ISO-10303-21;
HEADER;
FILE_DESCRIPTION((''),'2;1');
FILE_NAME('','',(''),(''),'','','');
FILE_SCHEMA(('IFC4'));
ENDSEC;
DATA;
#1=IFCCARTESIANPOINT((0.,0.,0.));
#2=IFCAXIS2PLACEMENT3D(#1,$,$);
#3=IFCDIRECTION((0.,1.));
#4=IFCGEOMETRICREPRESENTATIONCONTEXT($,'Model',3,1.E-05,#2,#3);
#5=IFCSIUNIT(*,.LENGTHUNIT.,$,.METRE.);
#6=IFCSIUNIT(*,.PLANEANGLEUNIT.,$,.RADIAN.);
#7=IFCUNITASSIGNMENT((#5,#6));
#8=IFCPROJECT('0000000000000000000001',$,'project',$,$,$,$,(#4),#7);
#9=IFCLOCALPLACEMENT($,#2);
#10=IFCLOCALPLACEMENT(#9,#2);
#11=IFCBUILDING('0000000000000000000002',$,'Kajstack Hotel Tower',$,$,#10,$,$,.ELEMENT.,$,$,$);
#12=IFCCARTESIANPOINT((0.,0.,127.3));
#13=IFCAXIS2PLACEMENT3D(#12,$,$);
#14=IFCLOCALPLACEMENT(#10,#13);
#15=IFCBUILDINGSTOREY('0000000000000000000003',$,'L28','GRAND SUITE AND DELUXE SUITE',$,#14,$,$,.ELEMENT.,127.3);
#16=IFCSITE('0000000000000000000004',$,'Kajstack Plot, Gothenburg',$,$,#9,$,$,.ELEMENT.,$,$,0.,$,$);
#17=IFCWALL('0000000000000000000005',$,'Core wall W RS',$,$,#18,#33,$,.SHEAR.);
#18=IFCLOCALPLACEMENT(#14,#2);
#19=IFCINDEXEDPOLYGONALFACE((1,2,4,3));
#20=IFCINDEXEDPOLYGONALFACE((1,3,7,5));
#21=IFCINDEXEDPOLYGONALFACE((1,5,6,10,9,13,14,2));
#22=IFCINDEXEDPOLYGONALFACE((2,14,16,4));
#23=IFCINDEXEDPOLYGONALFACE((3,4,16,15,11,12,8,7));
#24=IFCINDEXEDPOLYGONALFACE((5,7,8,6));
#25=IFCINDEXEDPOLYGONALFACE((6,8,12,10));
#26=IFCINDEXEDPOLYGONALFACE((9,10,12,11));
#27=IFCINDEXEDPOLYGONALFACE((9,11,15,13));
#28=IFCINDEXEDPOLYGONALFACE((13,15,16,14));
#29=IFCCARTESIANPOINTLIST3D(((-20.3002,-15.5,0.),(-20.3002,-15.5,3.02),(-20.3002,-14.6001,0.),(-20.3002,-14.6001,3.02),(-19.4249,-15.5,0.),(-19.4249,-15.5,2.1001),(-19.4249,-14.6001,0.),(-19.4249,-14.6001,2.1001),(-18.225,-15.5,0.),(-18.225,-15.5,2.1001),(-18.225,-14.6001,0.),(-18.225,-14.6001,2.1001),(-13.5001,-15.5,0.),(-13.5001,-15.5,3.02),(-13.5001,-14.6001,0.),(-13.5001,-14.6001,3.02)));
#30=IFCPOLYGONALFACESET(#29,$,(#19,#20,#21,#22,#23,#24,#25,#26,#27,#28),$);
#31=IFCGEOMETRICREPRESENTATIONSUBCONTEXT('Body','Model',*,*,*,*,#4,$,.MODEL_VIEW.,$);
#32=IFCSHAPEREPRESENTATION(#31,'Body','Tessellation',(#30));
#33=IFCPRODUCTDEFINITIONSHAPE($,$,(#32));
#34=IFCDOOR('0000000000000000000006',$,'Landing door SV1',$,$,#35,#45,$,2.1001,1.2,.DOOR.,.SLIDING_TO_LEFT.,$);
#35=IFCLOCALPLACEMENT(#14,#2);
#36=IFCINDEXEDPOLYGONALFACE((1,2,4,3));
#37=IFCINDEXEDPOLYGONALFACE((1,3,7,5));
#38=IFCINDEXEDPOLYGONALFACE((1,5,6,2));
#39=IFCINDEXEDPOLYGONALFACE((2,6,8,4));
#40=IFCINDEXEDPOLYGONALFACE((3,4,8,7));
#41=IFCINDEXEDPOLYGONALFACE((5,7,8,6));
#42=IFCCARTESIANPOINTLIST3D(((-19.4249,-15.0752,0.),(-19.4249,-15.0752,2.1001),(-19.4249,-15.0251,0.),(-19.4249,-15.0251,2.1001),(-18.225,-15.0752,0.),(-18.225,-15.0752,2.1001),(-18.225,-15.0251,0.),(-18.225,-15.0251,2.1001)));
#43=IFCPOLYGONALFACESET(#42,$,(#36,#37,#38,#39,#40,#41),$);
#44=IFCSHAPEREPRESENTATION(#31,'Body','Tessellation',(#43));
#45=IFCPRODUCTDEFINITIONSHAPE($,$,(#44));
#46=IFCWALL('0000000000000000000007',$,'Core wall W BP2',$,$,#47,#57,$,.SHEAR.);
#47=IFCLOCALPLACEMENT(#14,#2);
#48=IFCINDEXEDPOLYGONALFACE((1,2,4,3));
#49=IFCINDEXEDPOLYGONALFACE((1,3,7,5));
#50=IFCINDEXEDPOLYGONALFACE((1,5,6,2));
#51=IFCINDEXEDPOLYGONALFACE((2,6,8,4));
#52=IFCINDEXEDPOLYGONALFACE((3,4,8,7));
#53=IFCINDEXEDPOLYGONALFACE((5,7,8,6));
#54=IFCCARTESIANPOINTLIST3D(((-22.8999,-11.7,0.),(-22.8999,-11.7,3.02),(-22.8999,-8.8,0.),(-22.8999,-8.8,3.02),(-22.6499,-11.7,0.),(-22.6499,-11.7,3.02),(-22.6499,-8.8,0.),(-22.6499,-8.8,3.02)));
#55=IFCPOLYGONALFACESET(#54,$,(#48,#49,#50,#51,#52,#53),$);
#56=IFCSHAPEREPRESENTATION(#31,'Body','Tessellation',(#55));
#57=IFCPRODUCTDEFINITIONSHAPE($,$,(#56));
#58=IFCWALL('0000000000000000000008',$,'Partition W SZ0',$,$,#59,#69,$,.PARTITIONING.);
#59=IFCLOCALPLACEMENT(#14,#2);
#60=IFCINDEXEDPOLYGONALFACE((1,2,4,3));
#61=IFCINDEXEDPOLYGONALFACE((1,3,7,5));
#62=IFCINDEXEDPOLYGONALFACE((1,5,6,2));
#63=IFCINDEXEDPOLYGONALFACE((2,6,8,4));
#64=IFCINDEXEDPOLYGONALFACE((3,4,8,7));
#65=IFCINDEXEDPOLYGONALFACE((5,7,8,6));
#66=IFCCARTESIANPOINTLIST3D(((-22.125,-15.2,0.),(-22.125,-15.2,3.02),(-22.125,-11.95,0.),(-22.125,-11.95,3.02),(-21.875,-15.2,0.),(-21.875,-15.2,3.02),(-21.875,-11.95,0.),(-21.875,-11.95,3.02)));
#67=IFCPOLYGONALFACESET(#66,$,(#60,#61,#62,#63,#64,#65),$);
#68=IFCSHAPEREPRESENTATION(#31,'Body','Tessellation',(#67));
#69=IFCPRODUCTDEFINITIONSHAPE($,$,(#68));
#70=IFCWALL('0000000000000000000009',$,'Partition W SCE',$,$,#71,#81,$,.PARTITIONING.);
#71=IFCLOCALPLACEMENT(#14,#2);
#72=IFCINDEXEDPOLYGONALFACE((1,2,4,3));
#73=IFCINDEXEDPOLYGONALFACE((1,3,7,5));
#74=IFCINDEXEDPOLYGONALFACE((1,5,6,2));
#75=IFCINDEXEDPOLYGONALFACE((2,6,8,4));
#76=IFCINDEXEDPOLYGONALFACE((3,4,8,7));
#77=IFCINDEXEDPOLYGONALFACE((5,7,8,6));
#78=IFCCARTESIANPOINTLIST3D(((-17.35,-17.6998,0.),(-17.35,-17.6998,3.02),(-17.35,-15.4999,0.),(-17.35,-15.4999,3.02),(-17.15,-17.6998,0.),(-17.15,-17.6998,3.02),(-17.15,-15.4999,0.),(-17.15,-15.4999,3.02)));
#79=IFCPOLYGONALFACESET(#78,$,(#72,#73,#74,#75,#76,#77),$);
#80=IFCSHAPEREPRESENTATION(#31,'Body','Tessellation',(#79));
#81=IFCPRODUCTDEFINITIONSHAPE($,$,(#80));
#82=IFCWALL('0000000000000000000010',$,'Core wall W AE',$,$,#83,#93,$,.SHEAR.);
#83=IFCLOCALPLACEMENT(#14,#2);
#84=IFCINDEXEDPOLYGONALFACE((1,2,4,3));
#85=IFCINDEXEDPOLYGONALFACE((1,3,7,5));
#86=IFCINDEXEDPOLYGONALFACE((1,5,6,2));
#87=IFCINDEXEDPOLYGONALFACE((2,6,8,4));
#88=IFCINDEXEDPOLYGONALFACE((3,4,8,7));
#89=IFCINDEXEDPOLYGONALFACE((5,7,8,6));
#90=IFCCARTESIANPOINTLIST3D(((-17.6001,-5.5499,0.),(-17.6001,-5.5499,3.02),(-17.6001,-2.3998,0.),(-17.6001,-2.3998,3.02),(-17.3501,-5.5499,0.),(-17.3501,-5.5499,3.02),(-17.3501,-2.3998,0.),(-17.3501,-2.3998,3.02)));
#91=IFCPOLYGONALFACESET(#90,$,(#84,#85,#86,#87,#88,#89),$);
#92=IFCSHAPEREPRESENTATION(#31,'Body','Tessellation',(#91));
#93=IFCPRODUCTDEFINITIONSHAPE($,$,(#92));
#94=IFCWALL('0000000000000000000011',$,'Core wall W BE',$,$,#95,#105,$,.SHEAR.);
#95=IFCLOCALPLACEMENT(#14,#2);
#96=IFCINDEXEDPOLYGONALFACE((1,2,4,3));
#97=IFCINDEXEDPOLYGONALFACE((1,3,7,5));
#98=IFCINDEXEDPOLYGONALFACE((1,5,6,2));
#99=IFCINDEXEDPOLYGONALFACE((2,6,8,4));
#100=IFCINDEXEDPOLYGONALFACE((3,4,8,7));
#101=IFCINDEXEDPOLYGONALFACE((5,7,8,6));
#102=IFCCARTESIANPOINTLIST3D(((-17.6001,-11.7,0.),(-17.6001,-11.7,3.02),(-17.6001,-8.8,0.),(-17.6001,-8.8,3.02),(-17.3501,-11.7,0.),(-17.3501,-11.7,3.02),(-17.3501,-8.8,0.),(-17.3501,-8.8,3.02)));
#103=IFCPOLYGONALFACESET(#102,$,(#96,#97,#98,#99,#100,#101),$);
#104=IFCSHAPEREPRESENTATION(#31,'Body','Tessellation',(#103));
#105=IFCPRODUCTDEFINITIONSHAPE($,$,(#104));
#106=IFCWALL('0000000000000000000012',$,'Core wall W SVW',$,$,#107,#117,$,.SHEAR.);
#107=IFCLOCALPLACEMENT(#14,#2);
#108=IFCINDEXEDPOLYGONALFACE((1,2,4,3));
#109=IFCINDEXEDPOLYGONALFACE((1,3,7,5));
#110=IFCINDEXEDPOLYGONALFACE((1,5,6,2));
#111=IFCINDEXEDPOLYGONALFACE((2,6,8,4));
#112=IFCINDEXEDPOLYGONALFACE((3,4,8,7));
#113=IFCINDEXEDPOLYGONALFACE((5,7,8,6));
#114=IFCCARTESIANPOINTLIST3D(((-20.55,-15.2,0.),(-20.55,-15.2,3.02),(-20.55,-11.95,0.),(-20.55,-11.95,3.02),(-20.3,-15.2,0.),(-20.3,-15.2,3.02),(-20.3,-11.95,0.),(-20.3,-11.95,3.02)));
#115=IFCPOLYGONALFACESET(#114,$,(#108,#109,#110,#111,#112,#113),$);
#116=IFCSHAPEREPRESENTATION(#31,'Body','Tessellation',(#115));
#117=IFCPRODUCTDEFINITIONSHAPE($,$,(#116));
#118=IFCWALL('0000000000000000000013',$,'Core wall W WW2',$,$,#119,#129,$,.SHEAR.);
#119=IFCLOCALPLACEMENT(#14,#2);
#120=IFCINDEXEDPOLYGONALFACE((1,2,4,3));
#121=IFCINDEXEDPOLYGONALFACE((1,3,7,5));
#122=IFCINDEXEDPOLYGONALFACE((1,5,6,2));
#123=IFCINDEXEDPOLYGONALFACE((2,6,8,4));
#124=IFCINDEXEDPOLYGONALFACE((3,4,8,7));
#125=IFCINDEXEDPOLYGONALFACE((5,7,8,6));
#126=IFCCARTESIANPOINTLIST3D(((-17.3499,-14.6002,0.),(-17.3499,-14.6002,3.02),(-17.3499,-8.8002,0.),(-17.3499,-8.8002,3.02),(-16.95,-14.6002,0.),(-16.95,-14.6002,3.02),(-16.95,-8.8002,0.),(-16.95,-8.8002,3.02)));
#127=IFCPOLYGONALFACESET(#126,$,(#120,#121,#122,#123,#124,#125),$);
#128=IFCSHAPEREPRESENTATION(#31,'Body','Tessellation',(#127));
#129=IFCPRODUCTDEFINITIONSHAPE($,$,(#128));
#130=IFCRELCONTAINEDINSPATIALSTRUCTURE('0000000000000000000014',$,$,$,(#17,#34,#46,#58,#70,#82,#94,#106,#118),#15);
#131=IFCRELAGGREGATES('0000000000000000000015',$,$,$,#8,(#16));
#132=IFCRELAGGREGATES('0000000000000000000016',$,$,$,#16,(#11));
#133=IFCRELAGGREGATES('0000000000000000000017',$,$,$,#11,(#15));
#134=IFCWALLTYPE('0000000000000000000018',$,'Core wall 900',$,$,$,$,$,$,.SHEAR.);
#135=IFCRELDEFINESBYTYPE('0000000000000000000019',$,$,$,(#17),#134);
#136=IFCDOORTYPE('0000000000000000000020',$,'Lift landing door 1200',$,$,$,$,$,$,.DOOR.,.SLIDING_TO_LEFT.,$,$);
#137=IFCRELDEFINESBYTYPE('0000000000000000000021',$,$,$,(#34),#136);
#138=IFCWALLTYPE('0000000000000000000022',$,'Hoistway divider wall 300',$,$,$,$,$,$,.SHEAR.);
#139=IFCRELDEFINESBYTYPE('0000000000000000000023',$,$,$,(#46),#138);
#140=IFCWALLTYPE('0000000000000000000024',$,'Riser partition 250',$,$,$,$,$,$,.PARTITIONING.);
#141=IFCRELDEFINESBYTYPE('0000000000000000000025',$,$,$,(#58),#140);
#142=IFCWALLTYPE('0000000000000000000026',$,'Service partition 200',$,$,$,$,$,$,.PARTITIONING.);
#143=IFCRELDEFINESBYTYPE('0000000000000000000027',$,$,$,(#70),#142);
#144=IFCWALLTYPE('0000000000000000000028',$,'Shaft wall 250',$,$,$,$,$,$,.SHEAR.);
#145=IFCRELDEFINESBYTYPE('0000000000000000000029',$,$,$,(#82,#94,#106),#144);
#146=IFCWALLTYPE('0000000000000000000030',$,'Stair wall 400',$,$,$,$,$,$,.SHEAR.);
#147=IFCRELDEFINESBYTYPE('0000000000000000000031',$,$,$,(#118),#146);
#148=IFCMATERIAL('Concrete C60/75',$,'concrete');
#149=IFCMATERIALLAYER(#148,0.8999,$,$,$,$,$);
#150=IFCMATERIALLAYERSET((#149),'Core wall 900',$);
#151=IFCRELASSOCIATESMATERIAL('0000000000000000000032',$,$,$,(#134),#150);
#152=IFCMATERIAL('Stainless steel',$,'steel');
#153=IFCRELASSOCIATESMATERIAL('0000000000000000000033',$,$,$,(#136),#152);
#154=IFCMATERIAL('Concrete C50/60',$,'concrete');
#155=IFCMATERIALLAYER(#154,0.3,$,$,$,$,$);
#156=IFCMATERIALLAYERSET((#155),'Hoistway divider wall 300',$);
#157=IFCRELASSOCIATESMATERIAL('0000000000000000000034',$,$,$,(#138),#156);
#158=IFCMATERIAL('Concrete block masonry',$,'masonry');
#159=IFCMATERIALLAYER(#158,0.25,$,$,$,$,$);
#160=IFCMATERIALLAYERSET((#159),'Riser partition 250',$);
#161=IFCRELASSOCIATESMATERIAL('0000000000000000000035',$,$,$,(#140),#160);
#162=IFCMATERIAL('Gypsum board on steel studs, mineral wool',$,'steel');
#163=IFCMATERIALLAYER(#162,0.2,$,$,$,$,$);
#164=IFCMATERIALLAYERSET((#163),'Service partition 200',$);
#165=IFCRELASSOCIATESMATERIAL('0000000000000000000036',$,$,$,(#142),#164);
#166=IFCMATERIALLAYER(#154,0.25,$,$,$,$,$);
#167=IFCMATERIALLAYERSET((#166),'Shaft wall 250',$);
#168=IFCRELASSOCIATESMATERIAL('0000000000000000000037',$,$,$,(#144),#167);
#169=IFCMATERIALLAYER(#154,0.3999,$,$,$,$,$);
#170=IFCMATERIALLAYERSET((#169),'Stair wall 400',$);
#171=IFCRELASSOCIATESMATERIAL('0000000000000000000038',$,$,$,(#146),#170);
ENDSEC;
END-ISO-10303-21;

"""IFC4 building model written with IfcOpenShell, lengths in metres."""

from ifc_helpers import new_model, si_unit, direction, frame, frame_2d, origin, place, context, subcontext, project, spatial, rectangle, extrude, material, layer, layer_set, type_object, element, fill, save


model = new_model("IFC4")

# Units and contexts
model_context = context("Model", 3, precision=1e-05, world=origin(), true_north=direction((0.0, 1.0)))
body_context = subcontext(model_context, "Body", "Model", "MODEL_VIEW")
ifc_project = project(units=[si_unit("LENGTHUNIT", "METRE"), si_unit("PLANEANGLEUNIT", "RADIAN")], contexts=[model_context])

# Site, building, storey
site_placement = place(None, origin())
site = spatial("IfcSite", under=ifc_project, at=site_placement, Name="Kajstack Plot, Gothenburg", CompositionType="ELEMENT", RefElevation=0.0)
building_placement = place(site_placement, origin())
building = spatial("IfcBuilding", under=site, at=building_placement, Name="Kajstack Hotel Tower", CompositionType="ELEMENT")
storey_placement = place(building_placement, frame((0.0, 0.0, 127.3)))
storey = spatial("IfcBuildingStorey", under=building, at=storey_placement, Name="L28", Description="GRAND SUITE AND DELUXE SUITE", CompositionType="ELEMENT", Elevation=127.3)

# Wall, opening, door
ifc_material_1 = material(Name="Concrete C60/75", Category="concrete")
ifc_layer_1 = layer(ifc_material_1, 0.8999)
ifc_layer_set_1 = layer_set([ifc_layer_1], Name="Core wall 900")
wall_type_1 = type_object("IfcWallType", Name="Core wall 900", PredefinedType="SHEAR", material=ifc_layer_set_1)
wall_1_placement = place(storey_placement, frame((-20.3, -15.05, 0.0), z_axis=(0.0, 0.0, 1.0), x_axis=(1.0, 0.0, 0.0)))
wall_1 = element("IfcWall", 1, at=wall_1_placement, inside=storey, type_object=wall_type_1, Name="Core wall W RS", PredefinedType="SHEAR", context=body_context, shape_type="SweptSolid", body=[
    extrude(rectangle(XDim=6.8, YDim=0.8999, at=frame_2d((3.3999, 0.0))), origin(), (0.0, 0.0, 1.0), 3.02),
])
opening_placement = place(wall_1_placement, frame((0.875, 0.0, 0.0)))
opening = element("IfcOpeningElement", 2, at=opening_placement, cuts=wall_1, PredefinedType="OPENING", context=body_context, shape_type="SweptSolid", body=[
    extrude(rectangle(XDim=1.2, YDim=2.1001, at=frame_2d((0.6001, 1.05))), frame((0.0, 0.46, 0.0), z_axis=(0.0, -1.0, 0.0), x_axis=(1.0, 0.0, 0.0)), (0.0, 0.0, 1.0), 0.9199),
])
ifc_material_2 = material(Name="Stainless steel", Category="steel")
door_type = type_object("IfcDoorType", Name="Lift landing door 1200", OperationType="SLIDING_TO_LEFT", PredefinedType="DOOR", material=ifc_material_2)
door_placement = place(opening_placement, origin())
door = element("IfcDoor", 3, at=door_placement, inside=storey, type_object=door_type, Name="Landing door SV1", OperationType="SLIDING_TO_LEFT", OverallHeight=2.1001, OverallWidth=1.2, PredefinedType="DOOR", context=body_context, shape_type="SweptSolid", body=[
    extrude(rectangle(XDim=1.2, YDim=2.1001, at=frame_2d((0.6001, 1.05))), frame((0.0, 0.0249, 0.0), z_axis=(0.0, -1.0, 0.0), x_axis=(1.0, 0.0, 0.0)), (0.0, 0.0, 1.0), 0.05),
])
fill(opening, door)

# Walls
ifc_material_3 = material(Name="Concrete C50/60", Category="concrete")
ifc_layer_2 = layer(ifc_material_3, 0.3)
ifc_layer_set_2 = layer_set([ifc_layer_2], Name="Hoistway divider wall 300")
wall_type_2 = type_object("IfcWallType", Name="Hoistway divider wall 300", PredefinedType="SHEAR", material=ifc_layer_set_2)
wall_2_placement = place(storey_placement, frame((-22.7749, -11.7, 0.0), z_axis=(0.0, 0.0, 1.0), x_axis=(0.0, 1.0, 0.0)))
element("IfcWall", 4, at=wall_2_placement, inside=storey, type_object=wall_type_2, Name="Core wall W BP2", PredefinedType="SHEAR", context=body_context, shape_type="SweptSolid", body=[
    extrude(rectangle(XDim=2.8999, YDim=0.25, at=frame_2d((1.45, 0.0))), origin(), (0.0, 0.0, 1.0), 3.02),
])
ifc_material_4 = material(Name="Concrete block masonry", Category="masonry")
ifc_layer_3 = layer(ifc_material_4, 0.25)
ifc_layer_set_3 = layer_set([ifc_layer_3], Name="Riser partition 250")
wall_type_3 = type_object("IfcWallType", Name="Riser partition 250", PredefinedType="PARTITIONING", material=ifc_layer_set_3)
wall_3_placement = place(storey_placement, frame((-22.0, -15.2, 0.0), z_axis=(0.0, 0.0, 1.0), x_axis=(0.0, 1.0, 0.0)))
element("IfcWall", 5, at=wall_3_placement, inside=storey, type_object=wall_type_3, Name="Partition W SZ0", PredefinedType="PARTITIONING", context=body_context, shape_type="SweptSolid", body=[
    extrude(rectangle(XDim=3.25, YDim=0.25, at=frame_2d((1.625, 0.0))), origin(), (0.0, 0.0, 1.0), 3.02),
])
ifc_material_5 = material(Name="Gypsum board on steel studs, mineral wool", Category="steel")
ifc_layer_4 = layer(ifc_material_5, 0.2)
ifc_layer_set_4 = layer_set([ifc_layer_4], Name="Service partition 200")
wall_type_4 = type_object("IfcWallType", Name="Service partition 200", PredefinedType="PARTITIONING", material=ifc_layer_set_4)
wall_4_placement = place(storey_placement, frame((-17.25, -17.7, 0.0), z_axis=(0.0, 0.0, 1.0), x_axis=(0.0, 1.0, 0.0)))
element("IfcWall", 6, at=wall_4_placement, inside=storey, type_object=wall_type_4, Name="Partition W SCE", PredefinedType="PARTITIONING", context=body_context, shape_type="SweptSolid", body=[
    extrude(rectangle(XDim=2.2, YDim=0.2, at=frame_2d((1.1001, 0.0))), origin(), (0.0, 0.0, 1.0), 3.02),
])
ifc_layer_5 = layer(ifc_material_3, 0.25)
ifc_layer_set_5 = layer_set([ifc_layer_5], Name="Shaft wall 250")
wall_type_5 = type_object("IfcWallType", Name="Shaft wall 250", PredefinedType="SHEAR", material=ifc_layer_set_5)
wall_5_placement = place(storey_placement, frame((-17.4751, -5.55, 0.0), z_axis=(0.0, 0.0, 1.0), x_axis=(0.0, 1.0, 0.0)))
element("IfcWall", 7, at=wall_5_placement, inside=storey, type_object=wall_type_5, Name="Core wall W AE", PredefinedType="SHEAR", context=body_context, shape_type="SweptSolid", body=[
    extrude(rectangle(XDim=3.1501, YDim=0.25, at=frame_2d((1.5752, 0.0))), origin(), (0.0, 0.0, 1.0), 3.02),
])
wall_6_placement = place(storey_placement, frame((-17.4751, -11.7, 0.0), z_axis=(0.0, 0.0, 1.0), x_axis=(0.0, 1.0, 0.0)))
element("IfcWall", 8, at=wall_6_placement, inside=storey, type_object=wall_type_5, Name="Core wall W BE", PredefinedType="SHEAR", context=body_context, shape_type="SweptSolid", body=[
    extrude(rectangle(XDim=2.8999, YDim=0.25, at=frame_2d((1.45, 0.0))), origin(), (0.0, 0.0, 1.0), 3.02),
])
wall_7_placement = place(storey_placement, frame((-20.425, -15.2, 0.0), z_axis=(0.0, 0.0, 1.0), x_axis=(0.0, 1.0, 0.0)))
element("IfcWall", 9, at=wall_7_placement, inside=storey, type_object=wall_type_5, Name="Core wall W SVW", PredefinedType="SHEAR", context=body_context, shape_type="SweptSolid", body=[
    extrude(rectangle(XDim=3.25, YDim=0.25, at=frame_2d((1.625, 0.0))), origin(), (0.0, 0.0, 1.0), 3.02),
])
ifc_layer_6 = layer(ifc_material_3, 0.3999)
ifc_layer_set_6 = layer_set([ifc_layer_6], Name="Stair wall 400")
wall_type_6 = type_object("IfcWallType", Name="Stair wall 400", PredefinedType="SHEAR", material=ifc_layer_set_6)
wall_8_placement = place(storey_placement, frame((-17.1499, -14.6001, 0.0), z_axis=(0.0, 0.0, 1.0), x_axis=(0.0, 1.0, 0.0)))
element("IfcWall", 10, at=wall_8_placement, inside=storey, type_object=wall_type_6, Name="Core wall W WW2", PredefinedType="SHEAR", context=body_context, shape_type="SweptSolid", body=[
    extrude(rectangle(XDim=5.8, YDim=0.3999, at=frame_2d((2.8999, 0.0))), origin(), (0.0, 0.0, 1.0), 3.02),
])

save(model, "model.ifc")
